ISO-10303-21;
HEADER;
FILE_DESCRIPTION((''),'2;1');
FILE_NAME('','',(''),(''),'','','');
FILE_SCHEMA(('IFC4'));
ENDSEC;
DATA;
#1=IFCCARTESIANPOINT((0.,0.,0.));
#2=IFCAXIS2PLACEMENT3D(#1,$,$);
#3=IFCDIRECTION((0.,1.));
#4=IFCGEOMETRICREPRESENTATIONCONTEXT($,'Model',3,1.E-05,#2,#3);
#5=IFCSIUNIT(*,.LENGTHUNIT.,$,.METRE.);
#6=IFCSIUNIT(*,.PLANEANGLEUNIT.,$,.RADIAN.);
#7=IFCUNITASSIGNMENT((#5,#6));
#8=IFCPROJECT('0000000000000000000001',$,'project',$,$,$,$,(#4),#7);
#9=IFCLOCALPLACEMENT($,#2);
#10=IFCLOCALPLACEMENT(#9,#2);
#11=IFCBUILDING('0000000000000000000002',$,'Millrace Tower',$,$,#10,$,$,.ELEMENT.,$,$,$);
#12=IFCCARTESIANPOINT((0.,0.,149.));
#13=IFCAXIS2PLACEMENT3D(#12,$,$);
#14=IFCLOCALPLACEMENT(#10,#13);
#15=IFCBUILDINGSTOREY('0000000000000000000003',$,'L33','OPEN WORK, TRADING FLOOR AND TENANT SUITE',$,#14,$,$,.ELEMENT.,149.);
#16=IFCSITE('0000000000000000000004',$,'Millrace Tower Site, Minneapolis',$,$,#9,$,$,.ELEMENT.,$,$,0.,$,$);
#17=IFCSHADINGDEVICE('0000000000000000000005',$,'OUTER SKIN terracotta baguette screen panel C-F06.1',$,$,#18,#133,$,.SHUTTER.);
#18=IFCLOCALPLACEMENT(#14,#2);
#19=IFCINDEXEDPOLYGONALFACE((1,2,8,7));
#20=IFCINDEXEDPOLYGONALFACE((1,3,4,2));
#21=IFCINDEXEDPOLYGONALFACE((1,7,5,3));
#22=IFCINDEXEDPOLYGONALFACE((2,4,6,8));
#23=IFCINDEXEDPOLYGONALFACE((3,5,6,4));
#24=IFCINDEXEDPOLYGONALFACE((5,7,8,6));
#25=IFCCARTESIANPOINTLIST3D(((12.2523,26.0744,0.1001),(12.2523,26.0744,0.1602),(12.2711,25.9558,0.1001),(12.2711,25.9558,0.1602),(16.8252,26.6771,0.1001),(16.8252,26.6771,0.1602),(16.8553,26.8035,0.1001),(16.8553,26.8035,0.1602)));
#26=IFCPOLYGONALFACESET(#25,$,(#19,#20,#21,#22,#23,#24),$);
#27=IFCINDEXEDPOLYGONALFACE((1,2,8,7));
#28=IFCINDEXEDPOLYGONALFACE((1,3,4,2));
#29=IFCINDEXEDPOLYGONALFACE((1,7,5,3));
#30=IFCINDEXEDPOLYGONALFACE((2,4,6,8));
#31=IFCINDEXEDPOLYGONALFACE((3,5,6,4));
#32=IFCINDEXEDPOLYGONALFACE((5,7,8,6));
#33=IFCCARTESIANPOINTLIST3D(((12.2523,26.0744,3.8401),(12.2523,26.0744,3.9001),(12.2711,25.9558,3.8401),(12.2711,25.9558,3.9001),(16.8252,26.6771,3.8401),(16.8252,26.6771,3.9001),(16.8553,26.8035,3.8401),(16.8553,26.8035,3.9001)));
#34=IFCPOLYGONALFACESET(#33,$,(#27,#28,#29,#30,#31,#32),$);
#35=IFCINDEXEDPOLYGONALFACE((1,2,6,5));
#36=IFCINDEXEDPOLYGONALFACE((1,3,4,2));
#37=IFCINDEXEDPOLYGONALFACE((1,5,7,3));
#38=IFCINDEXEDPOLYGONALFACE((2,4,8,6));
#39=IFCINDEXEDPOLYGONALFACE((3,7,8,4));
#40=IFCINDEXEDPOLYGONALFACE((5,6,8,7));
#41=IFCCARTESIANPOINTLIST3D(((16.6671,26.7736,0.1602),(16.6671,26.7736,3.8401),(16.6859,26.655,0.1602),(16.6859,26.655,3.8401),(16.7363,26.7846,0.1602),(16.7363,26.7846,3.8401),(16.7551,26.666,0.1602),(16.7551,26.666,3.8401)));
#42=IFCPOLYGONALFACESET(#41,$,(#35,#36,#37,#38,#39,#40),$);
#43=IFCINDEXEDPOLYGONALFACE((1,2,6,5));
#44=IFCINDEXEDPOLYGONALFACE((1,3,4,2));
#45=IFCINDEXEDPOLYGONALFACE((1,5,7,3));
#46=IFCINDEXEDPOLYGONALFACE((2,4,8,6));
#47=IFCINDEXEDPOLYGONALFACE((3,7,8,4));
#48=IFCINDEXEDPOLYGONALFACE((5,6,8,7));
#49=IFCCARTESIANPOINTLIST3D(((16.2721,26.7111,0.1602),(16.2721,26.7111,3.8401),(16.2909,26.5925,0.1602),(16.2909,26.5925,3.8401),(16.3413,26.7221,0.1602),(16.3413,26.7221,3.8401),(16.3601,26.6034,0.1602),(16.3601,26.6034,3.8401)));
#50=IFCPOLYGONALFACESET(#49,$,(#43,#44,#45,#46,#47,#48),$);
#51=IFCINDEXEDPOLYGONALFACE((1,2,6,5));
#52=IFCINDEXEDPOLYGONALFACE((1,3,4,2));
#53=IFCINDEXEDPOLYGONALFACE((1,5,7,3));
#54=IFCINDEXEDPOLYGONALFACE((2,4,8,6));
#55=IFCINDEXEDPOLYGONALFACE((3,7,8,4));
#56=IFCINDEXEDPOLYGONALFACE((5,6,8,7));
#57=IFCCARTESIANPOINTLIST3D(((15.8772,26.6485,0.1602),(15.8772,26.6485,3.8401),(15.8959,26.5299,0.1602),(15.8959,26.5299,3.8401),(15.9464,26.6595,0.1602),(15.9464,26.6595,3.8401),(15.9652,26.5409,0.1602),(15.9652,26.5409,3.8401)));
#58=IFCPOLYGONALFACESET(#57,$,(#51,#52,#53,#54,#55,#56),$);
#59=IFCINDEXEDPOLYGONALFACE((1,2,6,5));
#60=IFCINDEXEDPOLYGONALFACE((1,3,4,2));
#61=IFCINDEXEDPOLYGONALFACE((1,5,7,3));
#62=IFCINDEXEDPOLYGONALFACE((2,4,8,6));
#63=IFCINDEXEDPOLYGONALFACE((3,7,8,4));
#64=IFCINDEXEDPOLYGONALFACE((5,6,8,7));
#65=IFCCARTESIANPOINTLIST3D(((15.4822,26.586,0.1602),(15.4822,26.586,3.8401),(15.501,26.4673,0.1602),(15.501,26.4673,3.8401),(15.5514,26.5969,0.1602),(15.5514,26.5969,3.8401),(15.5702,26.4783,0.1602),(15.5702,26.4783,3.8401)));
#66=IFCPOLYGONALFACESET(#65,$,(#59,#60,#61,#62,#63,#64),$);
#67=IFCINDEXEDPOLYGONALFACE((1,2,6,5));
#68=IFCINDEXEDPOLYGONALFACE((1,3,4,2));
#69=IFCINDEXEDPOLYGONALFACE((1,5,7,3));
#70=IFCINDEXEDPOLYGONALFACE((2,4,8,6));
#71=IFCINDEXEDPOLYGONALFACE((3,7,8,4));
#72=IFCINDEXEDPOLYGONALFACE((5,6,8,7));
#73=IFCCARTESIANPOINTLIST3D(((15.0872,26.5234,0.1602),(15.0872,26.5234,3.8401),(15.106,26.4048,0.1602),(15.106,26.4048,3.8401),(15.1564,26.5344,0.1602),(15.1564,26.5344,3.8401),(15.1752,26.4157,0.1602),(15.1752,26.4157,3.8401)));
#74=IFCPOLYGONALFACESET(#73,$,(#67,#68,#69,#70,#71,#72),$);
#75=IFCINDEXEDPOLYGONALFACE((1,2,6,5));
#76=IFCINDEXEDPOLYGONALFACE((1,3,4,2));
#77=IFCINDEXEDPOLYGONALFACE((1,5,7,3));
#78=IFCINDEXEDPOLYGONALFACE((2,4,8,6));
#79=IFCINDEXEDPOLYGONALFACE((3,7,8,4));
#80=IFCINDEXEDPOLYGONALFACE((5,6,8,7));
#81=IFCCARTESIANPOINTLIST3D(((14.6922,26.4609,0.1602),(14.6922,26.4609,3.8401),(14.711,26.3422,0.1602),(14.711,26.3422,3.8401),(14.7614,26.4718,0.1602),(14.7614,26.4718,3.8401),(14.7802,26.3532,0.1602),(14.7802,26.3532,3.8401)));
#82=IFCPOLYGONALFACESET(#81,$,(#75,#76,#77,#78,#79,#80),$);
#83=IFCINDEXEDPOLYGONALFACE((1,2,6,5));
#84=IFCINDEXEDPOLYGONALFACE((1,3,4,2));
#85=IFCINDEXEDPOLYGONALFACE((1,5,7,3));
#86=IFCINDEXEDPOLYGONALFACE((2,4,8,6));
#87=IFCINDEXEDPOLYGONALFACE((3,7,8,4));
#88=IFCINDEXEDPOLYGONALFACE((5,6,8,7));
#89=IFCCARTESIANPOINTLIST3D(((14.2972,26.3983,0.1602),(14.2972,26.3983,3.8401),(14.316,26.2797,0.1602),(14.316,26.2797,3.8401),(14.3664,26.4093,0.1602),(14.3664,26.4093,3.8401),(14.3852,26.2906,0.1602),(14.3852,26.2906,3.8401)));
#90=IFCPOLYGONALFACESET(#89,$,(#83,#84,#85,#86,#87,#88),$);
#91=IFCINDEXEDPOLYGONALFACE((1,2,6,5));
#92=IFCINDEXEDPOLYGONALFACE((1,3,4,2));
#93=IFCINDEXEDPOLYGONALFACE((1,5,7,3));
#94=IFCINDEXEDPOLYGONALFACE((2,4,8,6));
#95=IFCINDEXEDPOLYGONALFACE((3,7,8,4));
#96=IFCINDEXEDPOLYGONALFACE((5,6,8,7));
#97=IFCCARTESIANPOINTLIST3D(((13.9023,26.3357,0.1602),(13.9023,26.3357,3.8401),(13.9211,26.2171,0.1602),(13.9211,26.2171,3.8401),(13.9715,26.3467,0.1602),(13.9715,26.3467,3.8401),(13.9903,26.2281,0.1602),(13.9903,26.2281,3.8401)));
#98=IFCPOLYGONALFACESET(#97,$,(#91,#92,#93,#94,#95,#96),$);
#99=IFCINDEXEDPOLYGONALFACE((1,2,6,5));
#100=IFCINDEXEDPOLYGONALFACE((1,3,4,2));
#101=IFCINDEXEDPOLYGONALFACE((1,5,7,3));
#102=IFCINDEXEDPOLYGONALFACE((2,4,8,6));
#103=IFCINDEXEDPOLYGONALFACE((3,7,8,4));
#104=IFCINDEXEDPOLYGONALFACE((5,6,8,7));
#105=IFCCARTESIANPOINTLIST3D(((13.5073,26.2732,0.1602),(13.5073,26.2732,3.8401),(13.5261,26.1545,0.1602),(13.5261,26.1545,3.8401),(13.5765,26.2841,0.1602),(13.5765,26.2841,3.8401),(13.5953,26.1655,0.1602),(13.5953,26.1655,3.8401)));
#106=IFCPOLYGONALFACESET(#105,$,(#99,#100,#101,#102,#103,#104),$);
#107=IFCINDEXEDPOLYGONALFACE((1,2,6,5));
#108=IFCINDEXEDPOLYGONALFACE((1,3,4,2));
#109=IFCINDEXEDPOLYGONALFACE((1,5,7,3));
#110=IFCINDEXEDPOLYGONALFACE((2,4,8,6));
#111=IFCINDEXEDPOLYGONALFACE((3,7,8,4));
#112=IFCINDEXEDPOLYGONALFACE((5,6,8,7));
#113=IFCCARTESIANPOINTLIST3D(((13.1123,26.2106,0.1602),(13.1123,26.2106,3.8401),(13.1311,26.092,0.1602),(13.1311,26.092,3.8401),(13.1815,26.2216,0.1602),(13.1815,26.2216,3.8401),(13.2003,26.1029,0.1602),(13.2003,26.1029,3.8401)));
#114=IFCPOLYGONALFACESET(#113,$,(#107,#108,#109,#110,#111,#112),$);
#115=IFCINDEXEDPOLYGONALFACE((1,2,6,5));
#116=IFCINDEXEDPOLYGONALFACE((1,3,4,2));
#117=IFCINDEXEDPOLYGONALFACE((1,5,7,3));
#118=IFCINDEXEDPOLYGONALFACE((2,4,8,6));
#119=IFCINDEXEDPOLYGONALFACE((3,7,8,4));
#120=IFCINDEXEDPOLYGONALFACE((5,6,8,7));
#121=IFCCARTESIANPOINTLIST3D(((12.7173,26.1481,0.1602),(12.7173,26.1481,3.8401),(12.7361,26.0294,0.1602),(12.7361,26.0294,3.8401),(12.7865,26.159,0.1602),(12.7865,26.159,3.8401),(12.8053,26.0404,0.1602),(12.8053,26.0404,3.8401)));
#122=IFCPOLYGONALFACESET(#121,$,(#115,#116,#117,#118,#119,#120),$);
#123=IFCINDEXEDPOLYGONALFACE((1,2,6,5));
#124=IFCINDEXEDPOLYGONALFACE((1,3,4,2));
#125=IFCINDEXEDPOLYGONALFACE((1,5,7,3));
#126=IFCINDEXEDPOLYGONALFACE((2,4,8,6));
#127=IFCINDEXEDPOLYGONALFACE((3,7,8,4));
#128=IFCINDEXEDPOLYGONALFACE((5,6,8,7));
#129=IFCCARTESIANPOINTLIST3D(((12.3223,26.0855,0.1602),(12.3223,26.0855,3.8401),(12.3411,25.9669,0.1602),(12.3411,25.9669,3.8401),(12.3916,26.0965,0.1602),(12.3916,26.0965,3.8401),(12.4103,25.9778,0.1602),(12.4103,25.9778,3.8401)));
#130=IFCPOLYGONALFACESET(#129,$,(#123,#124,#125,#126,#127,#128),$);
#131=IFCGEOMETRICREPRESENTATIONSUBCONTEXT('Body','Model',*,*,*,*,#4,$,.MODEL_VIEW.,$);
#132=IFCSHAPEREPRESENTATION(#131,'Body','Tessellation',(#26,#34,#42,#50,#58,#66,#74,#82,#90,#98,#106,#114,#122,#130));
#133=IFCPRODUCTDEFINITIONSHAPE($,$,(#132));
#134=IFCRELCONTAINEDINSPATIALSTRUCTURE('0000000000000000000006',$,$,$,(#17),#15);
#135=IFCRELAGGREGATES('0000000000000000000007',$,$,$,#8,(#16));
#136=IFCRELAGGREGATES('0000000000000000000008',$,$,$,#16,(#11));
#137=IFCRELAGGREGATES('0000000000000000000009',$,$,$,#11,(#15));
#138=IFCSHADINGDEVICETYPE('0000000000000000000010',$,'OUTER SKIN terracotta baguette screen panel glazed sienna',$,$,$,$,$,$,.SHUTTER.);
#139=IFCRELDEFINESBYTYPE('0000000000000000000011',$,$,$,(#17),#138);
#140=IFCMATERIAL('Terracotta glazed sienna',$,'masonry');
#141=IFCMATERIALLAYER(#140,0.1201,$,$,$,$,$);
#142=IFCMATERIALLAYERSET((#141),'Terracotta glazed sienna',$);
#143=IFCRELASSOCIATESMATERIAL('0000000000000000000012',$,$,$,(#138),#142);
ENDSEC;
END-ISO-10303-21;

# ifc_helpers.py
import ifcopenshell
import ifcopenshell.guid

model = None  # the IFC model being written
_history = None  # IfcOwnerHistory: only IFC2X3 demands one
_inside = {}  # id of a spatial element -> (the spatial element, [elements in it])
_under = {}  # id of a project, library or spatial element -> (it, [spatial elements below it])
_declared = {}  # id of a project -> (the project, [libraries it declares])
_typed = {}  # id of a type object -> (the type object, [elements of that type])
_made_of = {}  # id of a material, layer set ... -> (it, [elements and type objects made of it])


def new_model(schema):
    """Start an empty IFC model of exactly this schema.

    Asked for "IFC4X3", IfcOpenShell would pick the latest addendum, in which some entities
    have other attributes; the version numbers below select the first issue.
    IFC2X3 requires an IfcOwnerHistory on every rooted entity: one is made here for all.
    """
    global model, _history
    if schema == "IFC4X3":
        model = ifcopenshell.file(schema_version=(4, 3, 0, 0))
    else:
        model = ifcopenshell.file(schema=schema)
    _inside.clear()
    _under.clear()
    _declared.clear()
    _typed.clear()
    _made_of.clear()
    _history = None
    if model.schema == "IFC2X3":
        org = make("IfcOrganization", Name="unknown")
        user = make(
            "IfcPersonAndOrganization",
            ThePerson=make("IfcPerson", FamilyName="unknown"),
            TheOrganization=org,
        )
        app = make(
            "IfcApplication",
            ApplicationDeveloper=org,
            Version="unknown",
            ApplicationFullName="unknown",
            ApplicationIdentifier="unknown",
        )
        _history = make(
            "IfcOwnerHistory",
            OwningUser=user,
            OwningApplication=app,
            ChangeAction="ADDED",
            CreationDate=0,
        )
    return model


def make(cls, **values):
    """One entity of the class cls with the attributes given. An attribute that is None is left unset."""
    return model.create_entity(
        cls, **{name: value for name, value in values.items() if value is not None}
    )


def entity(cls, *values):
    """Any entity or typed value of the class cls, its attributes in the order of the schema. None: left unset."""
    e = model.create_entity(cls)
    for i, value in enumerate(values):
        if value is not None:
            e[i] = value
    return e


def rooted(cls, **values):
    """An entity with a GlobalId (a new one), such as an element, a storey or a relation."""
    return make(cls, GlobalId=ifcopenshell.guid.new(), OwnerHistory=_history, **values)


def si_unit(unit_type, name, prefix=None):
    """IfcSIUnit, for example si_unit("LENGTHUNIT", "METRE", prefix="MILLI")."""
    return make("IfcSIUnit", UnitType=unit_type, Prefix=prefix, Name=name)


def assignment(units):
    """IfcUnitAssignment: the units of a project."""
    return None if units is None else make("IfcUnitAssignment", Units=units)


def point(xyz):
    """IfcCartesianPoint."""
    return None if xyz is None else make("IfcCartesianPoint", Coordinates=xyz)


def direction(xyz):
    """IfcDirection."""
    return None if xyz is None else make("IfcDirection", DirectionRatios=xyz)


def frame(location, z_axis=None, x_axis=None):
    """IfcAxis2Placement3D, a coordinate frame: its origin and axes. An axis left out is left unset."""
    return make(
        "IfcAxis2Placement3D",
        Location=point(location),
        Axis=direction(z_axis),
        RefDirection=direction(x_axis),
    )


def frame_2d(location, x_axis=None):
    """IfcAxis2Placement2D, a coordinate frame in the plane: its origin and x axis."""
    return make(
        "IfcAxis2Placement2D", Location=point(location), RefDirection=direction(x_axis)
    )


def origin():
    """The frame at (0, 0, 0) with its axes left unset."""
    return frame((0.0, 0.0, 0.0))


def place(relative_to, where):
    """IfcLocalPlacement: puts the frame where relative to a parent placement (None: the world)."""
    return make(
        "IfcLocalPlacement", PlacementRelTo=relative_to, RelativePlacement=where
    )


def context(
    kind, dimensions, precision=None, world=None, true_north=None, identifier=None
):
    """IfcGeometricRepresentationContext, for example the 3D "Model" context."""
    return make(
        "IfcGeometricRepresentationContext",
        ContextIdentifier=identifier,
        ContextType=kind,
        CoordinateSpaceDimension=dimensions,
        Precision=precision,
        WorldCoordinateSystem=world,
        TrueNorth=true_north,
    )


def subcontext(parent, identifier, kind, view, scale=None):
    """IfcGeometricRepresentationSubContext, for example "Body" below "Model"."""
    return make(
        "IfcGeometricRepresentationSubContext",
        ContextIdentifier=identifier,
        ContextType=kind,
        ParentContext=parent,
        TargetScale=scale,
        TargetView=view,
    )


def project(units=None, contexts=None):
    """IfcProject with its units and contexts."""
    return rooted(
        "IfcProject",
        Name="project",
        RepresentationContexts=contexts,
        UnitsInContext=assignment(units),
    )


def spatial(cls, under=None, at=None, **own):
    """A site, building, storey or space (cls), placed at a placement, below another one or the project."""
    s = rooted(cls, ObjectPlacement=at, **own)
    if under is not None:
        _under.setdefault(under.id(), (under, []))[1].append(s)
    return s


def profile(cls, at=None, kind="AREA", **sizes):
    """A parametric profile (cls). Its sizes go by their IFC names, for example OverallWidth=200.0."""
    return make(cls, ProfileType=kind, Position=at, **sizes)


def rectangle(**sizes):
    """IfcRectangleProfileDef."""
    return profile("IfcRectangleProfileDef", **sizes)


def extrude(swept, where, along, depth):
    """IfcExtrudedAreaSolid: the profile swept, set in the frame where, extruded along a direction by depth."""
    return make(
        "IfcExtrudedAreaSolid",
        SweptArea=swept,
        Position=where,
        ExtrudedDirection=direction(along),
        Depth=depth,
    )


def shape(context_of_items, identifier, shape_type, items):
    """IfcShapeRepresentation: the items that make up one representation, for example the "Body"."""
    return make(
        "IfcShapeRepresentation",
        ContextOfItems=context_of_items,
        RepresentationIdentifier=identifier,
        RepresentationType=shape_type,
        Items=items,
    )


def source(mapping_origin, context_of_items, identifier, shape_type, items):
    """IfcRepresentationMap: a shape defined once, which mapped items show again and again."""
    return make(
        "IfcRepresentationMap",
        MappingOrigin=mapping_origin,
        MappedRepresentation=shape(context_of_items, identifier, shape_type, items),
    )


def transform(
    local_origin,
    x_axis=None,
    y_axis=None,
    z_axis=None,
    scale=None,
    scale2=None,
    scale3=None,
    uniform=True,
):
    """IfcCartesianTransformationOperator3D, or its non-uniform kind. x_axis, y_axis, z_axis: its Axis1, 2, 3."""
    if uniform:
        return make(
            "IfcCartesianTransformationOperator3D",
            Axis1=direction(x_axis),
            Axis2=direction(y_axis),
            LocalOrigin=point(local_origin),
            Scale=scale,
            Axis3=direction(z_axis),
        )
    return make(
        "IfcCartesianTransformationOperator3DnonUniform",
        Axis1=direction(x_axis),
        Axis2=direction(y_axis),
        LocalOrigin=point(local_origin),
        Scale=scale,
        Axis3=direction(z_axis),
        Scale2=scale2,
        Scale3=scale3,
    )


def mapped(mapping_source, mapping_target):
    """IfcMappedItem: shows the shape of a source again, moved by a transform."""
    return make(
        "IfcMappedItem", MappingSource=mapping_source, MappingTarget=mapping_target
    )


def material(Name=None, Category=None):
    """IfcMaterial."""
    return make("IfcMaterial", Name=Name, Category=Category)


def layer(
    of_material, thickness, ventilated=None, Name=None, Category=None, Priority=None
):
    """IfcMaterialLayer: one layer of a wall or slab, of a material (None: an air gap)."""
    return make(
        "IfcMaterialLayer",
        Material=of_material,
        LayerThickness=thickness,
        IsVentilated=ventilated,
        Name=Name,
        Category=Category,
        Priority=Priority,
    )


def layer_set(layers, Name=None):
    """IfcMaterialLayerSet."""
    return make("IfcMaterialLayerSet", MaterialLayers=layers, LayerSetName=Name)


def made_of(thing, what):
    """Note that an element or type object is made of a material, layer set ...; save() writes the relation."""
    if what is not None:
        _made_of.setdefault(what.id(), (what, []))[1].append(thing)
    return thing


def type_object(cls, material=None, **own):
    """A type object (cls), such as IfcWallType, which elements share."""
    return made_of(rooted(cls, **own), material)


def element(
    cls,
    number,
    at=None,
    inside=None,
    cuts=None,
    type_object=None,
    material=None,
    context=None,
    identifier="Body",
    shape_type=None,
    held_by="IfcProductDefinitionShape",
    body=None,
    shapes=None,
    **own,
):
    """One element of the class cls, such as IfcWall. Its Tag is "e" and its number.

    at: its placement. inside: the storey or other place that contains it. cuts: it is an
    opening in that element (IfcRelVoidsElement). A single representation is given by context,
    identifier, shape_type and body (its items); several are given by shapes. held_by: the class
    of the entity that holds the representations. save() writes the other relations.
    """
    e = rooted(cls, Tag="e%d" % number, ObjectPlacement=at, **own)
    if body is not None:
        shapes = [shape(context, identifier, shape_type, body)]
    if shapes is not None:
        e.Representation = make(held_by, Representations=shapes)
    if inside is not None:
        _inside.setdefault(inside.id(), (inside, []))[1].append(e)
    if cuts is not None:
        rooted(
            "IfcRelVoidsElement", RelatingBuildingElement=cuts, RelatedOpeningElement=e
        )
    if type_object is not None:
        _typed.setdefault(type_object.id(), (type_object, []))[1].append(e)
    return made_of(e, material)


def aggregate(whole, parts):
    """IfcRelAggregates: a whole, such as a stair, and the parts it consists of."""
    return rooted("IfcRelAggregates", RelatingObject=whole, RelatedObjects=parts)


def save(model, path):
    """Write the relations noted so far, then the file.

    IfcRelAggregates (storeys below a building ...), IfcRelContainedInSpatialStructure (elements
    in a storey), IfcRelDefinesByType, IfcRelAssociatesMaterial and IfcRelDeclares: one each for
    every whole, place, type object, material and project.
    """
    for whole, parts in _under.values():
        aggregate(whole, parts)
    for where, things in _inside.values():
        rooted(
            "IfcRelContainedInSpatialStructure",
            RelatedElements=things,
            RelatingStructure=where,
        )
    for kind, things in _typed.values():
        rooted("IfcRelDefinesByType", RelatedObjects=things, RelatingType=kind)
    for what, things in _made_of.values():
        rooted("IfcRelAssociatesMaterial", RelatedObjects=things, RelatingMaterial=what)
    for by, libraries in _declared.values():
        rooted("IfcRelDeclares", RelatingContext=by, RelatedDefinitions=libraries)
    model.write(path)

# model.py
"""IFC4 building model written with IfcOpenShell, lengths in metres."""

from ifc_helpers import new_model, entity, si_unit, direction, frame, frame_2d, origin, place, context, subcontext, project, spatial, rectangle, extrude, source, transform, mapped, material, layer, layer_set, type_object, element, save


model = new_model("IFC4")

# Units and contexts
model_context = context("Model", 3, precision=1e-05, world=origin(), true_north=direction((0.0, 1.0)))
body_context = subcontext(model_context, "Body", "Model", "MODEL_VIEW")
ifc_project = project(units=[si_unit("LENGTHUNIT", "METRE"), si_unit("PLANEANGLEUNIT", "RADIAN")], contexts=[model_context])

# Site, building, storey
site_placement = place(None, origin())
site = spatial("IfcSite", under=ifc_project, at=site_placement, Name="Millrace Tower Site, Minneapolis", CompositionType="ELEMENT", RefElevation=0.0)
building_placement = place(site_placement, origin())
building = spatial("IfcBuilding", under=site, at=building_placement, Name="Millrace Tower", CompositionType="ELEMENT")
storey_placement = place(building_placement, frame((0.0, 0.0, 149.0)))
storey = spatial("IfcBuildingStorey", under=building, at=storey_placement, Name="L33", Description="OPEN WORK, TRADING FLOOR AND TENANT SUITE", CompositionType="ELEMENT", Elevation=149.0)

# Shading device
ifc_material_1 = material(Name="Terracotta glazed sienna", Category="masonry")
ifc_layer_1 = layer(ifc_material_1, 0.1201)
ifc_layer_set_1 = layer_set([ifc_layer_1], Name="Terracotta glazed sienna")
shading_device_type = type_object("IfcShadingDeviceType", Name="OUTER SKIN terracotta baguette screen panel glazed sienna", PredefinedType="SHUTTER", material=ifc_layer_set_1)
cartesian_point_1 = entity("IfcCartesianPoint", [-2.293, 0.0601])
shared_polyline_1 = entity("IfcPolyline", [cartesian_point_1, entity("IfcCartesianPoint", [2.3179, 0.0601]), entity("IfcCartesianPoint", [2.3179, -0.0601]), entity("IfcCartesianPoint", [-2.3425, -0.0601]), cartesian_point_1])
shared_shape_1 = source(origin(), body_context, "Body", "SweptSolid", [
    entity("IfcExtrudedAreaSolid", entity("IfcArbitraryClosedProfileDef", "AREA", None, shared_polyline_1), entity("IfcAxis2Placement3D", entity("IfcCartesianPoint", [0.0, 0.0, 0.0])), entity("IfcDirection", [0.0, 0.0, 1.0]), 0.0601),
    entity("IfcExtrudedAreaSolid", entity("IfcArbitraryClosedProfileDef", "AREA", None, shared_polyline_1), entity("IfcAxis2Placement3D", entity("IfcCartesianPoint", [0.0, 0.0, 3.74])), entity("IfcDirection", [0.0, 0.0, 1.0]), 0.0601),
    extrude(rectangle(XDim=0.0701, YDim=0.1201, at=frame_2d((-2.187, 0.0))), frame((0.0, 0.0, 0.0601)), (0.0, 0.0, 1.0), 3.6799),
    extrude(rectangle(XDim=0.0701, YDim=0.1201, at=frame_2d((-1.7871, 0.0))), frame((0.0, 0.0, 0.0601)), (0.0, 0.0, 1.0), 3.6799),
    extrude(rectangle(XDim=0.0701, YDim=0.1201, at=frame_2d((-1.3872, 0.0))), frame((0.0, 0.0, 0.0601)), (0.0, 0.0, 1.0), 3.6799),
    extrude(rectangle(XDim=0.0701, YDim=0.1201, at=frame_2d((-0.9873, 0.0))), frame((0.0, 0.0, 0.0601)), (0.0, 0.0, 1.0), 3.6799),
    extrude(rectangle(XDim=0.0701, YDim=0.1201, at=frame_2d((-0.5874, 0.0))), frame((0.0, 0.0, 0.0601)), (0.0, 0.0, 1.0), 3.6799),
    extrude(rectangle(XDim=0.0701, YDim=0.1201, at=frame_2d((-0.1875, 0.0))), frame((0.0, 0.0, 0.0601)), (0.0, 0.0, 1.0), 3.6799),
    extrude(rectangle(XDim=0.0701, YDim=0.1201, at=frame_2d((0.2124, 0.0))), frame((0.0, 0.0, 0.0601)), (0.0, 0.0, 1.0), 3.6799),
    extrude(rectangle(XDim=0.0701, YDim=0.1201, at=frame_2d((0.6123, 0.0))), frame((0.0, 0.0, 0.0601)), (0.0, 0.0, 1.0), 3.6799),
    extrude(rectangle(XDim=0.0701, YDim=0.1201, at=frame_2d((1.0122, 0.0))), frame((0.0, 0.0, 0.0601)), (0.0, 0.0, 1.0), 3.6799),
    extrude(rectangle(XDim=0.0701, YDim=0.1201, at=frame_2d((1.4121, 0.0))), frame((0.0, 0.0, 0.0601)), (0.0, 0.0, 1.0), 3.6799),
    extrude(rectangle(XDim=0.0701, YDim=0.1201, at=frame_2d((1.812, 0.0))), frame((0.0, 0.0, 0.0601)), (0.0, 0.0, 1.0), 3.6799),
    extrude(rectangle(XDim=0.0701, YDim=0.1201, at=frame_2d((2.2119, 0.0))), frame((0.0, 0.0, 0.0601)), (0.0, 0.0, 1.0), 3.6799),
])
shading_device_placement = place(storey_placement, frame((14.551, 26.3777, 0.1001), z_axis=(0.0, 0.0, 1.0), x_axis=(-0.987688, -0.156434, 0.0)))
element("IfcShadingDevice", 1, at=shading_device_placement, inside=storey, type_object=shading_device_type, Name="OUTER SKIN terracotta baguette screen panel C-F06.1", PredefinedType="SHUTTER", context=body_context, shape_type="MappedRepresentation", body=[
    mapped(shared_shape_1, transform((0.0, 0.0, 0.0), scale=1.0)),
])

save(model, "model.ifc")
